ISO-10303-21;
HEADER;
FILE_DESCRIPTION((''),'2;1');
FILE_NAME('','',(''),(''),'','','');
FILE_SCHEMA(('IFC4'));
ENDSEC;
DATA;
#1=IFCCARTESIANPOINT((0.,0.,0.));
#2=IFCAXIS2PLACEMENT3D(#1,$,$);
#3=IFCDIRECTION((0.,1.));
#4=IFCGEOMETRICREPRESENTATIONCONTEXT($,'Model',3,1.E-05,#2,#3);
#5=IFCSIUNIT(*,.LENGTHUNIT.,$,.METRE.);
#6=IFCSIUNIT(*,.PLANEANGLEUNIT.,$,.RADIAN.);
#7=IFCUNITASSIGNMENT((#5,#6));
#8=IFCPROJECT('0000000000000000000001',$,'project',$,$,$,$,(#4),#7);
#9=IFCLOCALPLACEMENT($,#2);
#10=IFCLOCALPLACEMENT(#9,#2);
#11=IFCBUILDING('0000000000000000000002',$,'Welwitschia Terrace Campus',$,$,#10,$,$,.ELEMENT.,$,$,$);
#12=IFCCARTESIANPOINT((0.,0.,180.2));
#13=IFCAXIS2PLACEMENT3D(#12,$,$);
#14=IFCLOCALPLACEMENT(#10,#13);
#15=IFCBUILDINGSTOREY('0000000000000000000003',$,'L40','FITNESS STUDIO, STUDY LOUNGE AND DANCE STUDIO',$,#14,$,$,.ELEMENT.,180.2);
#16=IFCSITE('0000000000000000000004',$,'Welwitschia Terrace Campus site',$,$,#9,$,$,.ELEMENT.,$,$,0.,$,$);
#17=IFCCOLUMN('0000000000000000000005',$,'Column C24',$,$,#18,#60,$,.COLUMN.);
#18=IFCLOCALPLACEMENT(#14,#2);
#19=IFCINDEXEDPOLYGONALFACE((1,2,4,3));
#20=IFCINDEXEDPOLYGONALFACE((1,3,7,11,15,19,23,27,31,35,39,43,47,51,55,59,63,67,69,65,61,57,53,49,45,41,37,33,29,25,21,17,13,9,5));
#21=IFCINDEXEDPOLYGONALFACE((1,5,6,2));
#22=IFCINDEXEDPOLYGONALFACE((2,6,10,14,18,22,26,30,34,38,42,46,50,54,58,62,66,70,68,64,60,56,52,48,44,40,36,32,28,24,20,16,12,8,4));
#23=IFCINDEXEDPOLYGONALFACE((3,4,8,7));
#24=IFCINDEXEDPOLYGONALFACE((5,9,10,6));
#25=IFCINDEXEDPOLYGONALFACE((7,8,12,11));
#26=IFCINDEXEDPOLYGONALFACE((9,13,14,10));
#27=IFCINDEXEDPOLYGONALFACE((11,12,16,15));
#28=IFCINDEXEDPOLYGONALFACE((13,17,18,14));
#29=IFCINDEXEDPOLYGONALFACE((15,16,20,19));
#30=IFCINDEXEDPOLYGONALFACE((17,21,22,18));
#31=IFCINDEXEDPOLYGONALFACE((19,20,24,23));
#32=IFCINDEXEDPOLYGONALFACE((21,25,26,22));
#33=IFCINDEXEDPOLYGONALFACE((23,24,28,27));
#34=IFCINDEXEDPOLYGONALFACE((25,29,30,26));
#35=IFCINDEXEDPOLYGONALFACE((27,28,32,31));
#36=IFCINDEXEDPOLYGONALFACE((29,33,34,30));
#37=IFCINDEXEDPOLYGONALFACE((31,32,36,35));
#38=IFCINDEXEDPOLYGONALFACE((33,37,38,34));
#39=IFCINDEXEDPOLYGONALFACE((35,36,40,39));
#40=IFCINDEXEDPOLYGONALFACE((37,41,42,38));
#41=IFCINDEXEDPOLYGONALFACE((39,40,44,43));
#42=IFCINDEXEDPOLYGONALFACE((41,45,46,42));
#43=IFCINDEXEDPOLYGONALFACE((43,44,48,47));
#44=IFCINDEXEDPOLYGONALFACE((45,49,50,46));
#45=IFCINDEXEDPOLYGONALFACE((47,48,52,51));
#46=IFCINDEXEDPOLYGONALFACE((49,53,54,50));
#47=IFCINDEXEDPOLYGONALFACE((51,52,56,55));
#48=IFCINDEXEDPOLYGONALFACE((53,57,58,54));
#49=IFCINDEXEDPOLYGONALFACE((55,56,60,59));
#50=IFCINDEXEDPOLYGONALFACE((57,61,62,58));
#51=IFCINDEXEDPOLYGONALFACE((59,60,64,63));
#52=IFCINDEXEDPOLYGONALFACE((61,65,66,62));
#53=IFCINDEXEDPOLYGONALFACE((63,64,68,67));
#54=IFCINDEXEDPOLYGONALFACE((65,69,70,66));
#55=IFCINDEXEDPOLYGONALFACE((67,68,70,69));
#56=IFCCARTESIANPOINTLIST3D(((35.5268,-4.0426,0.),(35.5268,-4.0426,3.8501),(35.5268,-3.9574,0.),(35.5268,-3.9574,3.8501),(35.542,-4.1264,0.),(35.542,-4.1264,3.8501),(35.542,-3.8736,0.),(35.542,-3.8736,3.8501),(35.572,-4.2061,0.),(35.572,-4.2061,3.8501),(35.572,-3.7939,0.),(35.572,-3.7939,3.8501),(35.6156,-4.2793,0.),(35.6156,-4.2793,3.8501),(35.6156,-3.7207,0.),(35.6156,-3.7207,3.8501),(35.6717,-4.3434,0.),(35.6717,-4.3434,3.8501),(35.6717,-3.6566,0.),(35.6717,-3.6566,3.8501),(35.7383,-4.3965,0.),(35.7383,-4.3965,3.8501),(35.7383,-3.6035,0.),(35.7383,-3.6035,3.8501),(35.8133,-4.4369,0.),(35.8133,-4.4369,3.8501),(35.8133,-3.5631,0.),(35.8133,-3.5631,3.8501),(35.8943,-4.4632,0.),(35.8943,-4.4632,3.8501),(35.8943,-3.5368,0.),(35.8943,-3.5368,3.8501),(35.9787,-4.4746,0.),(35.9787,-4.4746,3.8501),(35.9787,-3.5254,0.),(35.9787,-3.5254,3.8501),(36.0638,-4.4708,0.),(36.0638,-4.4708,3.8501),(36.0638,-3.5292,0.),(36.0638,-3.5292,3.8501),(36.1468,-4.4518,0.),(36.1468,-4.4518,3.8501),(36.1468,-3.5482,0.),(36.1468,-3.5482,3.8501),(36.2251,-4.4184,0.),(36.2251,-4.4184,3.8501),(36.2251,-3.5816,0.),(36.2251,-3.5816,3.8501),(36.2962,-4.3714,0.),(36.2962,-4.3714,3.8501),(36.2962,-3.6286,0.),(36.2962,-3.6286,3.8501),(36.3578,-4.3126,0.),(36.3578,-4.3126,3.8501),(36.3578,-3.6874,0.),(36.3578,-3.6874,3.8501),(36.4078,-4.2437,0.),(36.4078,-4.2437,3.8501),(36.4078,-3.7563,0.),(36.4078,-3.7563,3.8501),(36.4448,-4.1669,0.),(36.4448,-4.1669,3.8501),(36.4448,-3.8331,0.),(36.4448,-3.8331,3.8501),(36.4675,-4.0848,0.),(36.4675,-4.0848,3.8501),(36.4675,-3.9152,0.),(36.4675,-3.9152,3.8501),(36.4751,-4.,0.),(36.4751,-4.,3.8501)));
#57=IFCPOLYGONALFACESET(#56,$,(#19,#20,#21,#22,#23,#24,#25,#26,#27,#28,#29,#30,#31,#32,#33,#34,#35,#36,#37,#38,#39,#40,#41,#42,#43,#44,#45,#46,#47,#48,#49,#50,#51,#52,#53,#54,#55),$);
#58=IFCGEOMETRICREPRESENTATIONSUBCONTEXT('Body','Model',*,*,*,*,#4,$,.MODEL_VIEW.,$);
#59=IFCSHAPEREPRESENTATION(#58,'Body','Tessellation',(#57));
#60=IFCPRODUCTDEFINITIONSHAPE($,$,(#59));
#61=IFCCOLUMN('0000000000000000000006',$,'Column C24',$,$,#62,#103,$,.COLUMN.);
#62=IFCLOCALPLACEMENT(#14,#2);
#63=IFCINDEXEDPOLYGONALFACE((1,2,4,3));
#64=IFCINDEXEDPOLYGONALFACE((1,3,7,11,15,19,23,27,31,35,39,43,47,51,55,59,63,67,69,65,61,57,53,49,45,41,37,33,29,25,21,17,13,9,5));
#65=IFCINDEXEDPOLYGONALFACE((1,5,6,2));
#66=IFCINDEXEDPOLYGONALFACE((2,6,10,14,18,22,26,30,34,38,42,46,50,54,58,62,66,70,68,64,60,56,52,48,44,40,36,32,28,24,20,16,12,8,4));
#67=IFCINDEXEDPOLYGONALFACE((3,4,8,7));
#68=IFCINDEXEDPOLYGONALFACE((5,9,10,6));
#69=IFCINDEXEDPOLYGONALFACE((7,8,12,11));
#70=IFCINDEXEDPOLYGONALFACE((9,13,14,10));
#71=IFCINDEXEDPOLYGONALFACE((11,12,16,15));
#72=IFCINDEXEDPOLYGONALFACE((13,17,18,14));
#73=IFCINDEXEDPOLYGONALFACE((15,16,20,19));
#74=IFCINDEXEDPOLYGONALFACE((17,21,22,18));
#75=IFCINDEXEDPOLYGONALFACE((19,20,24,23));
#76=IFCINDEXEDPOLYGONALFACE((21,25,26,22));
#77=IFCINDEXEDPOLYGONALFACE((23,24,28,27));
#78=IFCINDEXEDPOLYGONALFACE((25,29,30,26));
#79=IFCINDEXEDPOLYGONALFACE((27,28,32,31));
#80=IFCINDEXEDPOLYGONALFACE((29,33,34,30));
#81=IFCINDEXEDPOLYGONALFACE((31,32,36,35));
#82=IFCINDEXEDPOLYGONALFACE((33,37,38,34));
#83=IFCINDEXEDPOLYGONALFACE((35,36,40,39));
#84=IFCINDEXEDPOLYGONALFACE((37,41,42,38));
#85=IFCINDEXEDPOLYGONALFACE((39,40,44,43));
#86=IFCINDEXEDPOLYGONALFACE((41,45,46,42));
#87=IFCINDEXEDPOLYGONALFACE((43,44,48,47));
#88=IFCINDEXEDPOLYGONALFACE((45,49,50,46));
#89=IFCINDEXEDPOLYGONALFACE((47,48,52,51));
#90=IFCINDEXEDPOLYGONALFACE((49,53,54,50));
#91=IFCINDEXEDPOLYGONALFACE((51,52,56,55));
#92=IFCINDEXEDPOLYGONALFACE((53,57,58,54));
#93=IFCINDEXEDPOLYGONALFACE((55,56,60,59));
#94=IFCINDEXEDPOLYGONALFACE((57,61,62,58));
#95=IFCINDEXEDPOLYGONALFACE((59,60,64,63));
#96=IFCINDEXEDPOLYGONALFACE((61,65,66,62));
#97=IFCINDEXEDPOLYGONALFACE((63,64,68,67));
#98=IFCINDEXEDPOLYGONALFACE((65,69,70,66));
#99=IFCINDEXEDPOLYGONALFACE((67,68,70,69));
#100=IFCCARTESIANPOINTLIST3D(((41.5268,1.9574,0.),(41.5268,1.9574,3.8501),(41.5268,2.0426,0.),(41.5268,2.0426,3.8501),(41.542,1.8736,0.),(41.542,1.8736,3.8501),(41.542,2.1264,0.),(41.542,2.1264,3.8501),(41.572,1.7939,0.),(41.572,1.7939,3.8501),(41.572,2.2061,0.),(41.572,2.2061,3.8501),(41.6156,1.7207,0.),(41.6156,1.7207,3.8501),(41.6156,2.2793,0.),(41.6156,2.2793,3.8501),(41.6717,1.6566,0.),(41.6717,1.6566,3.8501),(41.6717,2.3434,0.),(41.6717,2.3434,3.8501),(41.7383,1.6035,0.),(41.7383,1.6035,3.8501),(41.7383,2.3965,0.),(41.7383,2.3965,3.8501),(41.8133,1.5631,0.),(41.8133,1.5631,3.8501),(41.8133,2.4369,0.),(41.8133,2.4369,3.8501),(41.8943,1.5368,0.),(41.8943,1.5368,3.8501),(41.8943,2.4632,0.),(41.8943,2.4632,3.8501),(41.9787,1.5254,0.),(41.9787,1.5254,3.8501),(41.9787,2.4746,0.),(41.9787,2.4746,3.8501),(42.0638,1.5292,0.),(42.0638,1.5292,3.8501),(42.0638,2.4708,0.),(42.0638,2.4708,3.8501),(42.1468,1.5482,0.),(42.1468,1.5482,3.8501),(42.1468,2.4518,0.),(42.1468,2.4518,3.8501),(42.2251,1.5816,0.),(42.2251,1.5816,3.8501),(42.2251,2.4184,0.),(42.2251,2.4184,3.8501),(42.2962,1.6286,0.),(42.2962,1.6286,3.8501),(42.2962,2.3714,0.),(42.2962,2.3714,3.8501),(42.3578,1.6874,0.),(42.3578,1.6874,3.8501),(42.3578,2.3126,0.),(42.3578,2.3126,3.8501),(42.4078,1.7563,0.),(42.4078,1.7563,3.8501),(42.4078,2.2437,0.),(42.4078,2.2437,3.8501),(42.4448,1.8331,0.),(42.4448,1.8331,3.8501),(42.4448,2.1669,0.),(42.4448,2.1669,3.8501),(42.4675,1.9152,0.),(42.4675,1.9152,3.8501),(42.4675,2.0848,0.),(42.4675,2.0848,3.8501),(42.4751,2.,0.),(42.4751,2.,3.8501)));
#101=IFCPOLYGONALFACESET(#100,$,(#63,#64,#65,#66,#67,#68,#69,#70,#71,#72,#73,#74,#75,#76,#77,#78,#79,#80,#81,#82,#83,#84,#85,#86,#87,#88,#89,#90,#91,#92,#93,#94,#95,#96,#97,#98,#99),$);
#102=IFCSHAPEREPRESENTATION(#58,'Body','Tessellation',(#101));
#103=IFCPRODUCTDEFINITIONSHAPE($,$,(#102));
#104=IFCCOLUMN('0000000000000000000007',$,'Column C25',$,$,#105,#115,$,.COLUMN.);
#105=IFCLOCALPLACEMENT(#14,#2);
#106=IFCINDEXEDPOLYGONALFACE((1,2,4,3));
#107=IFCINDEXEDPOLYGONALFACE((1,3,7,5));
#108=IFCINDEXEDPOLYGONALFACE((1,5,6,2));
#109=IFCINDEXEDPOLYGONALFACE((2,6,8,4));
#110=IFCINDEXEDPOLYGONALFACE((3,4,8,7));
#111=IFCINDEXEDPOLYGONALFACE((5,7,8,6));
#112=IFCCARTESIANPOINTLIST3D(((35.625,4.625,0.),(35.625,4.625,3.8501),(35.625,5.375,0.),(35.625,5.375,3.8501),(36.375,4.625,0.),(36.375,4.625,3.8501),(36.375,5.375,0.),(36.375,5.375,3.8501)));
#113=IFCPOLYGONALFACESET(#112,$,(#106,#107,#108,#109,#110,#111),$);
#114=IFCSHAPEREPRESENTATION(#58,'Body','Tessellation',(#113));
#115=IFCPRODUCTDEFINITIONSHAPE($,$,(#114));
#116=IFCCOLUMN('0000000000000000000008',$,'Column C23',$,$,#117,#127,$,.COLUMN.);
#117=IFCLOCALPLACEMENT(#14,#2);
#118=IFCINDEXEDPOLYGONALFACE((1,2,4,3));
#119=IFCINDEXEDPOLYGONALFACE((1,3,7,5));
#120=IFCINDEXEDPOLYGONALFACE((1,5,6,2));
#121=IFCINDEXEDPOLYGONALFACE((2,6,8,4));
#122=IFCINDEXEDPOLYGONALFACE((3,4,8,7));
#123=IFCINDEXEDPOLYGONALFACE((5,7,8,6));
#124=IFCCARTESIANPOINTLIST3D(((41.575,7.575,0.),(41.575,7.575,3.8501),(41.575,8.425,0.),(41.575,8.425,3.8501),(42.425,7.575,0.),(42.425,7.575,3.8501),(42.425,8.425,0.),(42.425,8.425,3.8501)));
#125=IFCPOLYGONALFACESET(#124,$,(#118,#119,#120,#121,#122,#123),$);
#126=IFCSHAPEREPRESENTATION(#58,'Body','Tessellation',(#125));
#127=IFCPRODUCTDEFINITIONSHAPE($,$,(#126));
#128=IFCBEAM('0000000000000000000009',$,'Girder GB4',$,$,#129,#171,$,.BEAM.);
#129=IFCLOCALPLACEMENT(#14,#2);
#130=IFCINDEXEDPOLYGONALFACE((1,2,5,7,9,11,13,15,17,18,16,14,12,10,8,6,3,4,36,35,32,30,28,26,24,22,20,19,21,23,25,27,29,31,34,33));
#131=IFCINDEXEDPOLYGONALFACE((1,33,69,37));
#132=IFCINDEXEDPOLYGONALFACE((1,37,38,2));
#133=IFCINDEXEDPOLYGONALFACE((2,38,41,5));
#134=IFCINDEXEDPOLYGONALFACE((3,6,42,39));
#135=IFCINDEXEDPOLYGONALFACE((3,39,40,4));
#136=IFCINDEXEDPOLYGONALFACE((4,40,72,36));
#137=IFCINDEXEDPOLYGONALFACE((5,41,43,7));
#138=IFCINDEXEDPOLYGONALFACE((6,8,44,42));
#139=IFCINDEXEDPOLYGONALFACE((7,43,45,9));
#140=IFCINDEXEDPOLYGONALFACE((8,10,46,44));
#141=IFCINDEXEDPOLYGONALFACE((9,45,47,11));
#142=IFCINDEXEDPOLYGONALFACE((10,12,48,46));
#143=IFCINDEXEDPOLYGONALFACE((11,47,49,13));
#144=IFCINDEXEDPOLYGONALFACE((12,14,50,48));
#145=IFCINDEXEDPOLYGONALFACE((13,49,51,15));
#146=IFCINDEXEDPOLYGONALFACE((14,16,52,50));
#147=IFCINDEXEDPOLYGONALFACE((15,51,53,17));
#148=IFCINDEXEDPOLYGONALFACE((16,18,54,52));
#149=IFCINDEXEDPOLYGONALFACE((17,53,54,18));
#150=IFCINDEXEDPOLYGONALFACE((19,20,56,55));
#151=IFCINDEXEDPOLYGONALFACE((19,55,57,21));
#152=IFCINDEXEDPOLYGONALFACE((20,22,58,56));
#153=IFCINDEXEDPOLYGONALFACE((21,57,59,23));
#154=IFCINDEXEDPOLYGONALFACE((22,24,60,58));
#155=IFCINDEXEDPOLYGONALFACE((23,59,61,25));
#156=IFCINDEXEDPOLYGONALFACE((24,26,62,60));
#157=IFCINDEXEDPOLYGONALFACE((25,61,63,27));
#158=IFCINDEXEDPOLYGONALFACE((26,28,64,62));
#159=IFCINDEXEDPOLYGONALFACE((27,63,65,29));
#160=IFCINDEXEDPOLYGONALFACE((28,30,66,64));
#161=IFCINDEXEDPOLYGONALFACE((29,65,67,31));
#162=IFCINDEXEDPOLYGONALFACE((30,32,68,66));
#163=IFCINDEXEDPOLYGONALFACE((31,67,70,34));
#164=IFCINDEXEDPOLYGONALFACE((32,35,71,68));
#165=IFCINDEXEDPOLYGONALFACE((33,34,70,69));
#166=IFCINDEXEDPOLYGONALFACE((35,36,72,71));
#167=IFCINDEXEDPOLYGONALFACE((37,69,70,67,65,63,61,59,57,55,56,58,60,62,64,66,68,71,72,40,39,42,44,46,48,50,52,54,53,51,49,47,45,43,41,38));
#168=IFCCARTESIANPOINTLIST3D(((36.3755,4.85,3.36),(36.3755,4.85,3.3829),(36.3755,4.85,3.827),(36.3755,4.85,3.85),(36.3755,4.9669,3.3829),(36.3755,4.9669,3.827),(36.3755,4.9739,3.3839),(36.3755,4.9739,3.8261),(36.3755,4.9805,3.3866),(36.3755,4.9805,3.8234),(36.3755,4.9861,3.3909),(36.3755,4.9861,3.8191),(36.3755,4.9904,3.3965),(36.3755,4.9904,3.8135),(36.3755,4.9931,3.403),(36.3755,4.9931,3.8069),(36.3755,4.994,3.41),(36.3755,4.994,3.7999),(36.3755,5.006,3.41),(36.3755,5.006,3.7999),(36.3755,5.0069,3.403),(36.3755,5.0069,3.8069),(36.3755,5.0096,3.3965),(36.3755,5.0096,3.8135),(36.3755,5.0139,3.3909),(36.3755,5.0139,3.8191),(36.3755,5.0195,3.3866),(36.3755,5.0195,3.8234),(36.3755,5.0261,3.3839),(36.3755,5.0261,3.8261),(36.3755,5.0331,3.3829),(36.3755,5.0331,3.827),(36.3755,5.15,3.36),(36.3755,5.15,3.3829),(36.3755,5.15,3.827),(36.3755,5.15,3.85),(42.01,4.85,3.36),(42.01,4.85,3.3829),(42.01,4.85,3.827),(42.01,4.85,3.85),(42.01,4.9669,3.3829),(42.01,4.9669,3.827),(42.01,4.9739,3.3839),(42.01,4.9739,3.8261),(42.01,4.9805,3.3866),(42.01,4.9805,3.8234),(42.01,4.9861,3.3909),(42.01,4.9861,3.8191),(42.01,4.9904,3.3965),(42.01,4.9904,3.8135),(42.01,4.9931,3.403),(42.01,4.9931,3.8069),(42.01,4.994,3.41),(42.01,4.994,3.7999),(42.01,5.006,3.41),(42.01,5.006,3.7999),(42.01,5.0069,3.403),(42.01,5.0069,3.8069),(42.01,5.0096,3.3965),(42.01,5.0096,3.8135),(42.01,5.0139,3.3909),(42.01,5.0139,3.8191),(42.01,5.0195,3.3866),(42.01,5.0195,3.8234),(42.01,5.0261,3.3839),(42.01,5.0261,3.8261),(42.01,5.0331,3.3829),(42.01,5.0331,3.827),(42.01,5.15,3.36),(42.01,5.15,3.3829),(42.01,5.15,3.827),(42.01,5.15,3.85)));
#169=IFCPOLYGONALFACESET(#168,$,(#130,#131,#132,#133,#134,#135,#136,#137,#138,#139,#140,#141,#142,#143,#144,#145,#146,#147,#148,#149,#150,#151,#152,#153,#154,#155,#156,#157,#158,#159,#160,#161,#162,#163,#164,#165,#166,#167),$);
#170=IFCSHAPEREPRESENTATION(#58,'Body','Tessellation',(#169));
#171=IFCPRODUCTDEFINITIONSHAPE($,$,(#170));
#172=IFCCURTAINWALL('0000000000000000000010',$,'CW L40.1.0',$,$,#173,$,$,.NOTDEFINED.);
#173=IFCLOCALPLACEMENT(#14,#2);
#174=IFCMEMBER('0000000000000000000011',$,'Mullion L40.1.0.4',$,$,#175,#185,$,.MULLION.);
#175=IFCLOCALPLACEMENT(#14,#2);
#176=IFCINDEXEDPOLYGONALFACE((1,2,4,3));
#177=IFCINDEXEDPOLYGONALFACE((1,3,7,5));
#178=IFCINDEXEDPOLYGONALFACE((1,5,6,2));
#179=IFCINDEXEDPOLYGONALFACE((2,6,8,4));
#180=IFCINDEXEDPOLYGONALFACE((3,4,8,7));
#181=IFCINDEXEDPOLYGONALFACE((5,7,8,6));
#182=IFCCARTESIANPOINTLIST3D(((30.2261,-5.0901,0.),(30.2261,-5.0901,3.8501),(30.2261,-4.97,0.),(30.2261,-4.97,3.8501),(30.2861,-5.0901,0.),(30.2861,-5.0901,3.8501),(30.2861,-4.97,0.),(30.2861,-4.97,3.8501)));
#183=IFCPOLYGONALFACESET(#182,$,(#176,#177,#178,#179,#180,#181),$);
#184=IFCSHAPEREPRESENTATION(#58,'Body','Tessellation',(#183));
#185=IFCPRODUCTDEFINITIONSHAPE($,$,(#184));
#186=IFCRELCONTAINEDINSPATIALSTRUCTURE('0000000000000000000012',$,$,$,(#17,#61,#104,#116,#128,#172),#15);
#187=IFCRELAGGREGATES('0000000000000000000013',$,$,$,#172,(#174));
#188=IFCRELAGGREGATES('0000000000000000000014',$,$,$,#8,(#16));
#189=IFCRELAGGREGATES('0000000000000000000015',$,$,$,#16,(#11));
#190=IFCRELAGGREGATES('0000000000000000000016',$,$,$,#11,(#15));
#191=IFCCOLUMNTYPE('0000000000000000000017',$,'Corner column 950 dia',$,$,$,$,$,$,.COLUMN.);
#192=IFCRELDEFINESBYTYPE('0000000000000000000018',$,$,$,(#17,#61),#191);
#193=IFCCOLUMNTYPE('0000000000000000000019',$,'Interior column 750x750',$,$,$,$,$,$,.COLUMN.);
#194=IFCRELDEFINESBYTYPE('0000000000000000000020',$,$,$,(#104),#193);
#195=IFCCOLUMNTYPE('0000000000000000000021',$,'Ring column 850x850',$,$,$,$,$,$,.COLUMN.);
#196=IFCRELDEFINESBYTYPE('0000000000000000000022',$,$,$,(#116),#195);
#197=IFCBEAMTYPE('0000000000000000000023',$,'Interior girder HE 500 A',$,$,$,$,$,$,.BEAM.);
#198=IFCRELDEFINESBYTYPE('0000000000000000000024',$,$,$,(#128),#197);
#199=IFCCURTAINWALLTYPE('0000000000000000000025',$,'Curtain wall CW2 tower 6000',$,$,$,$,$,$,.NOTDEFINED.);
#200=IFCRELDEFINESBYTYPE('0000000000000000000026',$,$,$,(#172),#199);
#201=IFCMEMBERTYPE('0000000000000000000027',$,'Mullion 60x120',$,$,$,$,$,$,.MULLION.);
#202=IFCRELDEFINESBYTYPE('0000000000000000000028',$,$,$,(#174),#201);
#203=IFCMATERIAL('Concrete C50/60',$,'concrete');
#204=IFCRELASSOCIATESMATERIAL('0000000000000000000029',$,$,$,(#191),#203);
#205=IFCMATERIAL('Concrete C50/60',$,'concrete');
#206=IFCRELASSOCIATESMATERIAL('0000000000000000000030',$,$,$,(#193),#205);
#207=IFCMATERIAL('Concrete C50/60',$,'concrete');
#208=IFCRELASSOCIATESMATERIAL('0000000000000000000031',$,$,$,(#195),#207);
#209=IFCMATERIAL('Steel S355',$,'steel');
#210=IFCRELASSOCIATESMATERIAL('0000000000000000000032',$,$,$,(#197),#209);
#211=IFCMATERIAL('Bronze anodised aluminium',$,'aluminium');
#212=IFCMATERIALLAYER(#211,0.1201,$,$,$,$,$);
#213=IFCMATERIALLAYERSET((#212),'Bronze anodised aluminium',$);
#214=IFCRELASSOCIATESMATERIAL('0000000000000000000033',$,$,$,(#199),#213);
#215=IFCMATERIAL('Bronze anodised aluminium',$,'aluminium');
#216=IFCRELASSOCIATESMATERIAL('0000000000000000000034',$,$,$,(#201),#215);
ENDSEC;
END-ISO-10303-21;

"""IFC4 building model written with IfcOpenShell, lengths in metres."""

from ifc_helpers import new_model, si_unit, direction, frame, origin, origin_2d, place, context, subcontext, project, spatial, rectangle, circle, i_section, extrude, material, layer, layer_set, material_profile, profile_set, type_object, element, aggregate, save


model = new_model("IFC4")

# Units and contexts
model_context = context("Model", 3, precision=1e-05, world=origin(), true_north=direction((0.0, 1.0)))
body_context = subcontext(model_context, "Body", "Model", "MODEL_VIEW")
ifc_project = project(units=[si_unit("LENGTHUNIT", "METRE"), si_unit("PLANEANGLEUNIT", "RADIAN")], contexts=[model_context])

# Site, building, storey
site_placement = place(None, origin())
site = spatial("IfcSite", under=ifc_project, at=site_placement, Name="Welwitschia Terrace Campus site", CompositionType="ELEMENT", RefElevation=0.0)
building_placement = place(site_placement, origin())
building = spatial("IfcBuilding", under=site, at=building_placement, Name="Welwitschia Terrace Campus", CompositionType="ELEMENT")
storey_placement = place(building_placement, frame((0.0, 0.0, 180.2)))
storey = spatial("IfcBuildingStorey", under=building, at=storey_placement, Name="L40", Description="FITNESS STUDIO, STUDY LOUNGE AND DANCE STUDIO", CompositionType="ELEMENT", Elevation=180.2)

# Columns
ifc_material_1 = material(Name="Concrete C50/60", Category="concrete")
ifc_material_profile_1 = material_profile(ifc_material_1, circle(Radius=0.4751, at=origin_2d()))
ifc_profile_set_1 = profile_set([ifc_material_profile_1], Name="Concrete C50/60")
column_type_1 = type_object("IfcColumnType", Name="Corner column 950 dia", PredefinedType="COLUMN", material=ifc_profile_set_1)
for number, where, z_axis, x_axis, name in (
    (1, (36.0, -4.0, 0.0), (0.0, 0.0, 1.0), (1.0, 0.0, 0.0), "Column C24"),
    (2, (42.0, 2.0, 0.0), (0.0, 0.0, 1.0), (1.0, 0.0, 0.0), "Column C24"),
):
    element("IfcColumn", number, at=place(storey_placement, frame(where, z_axis=z_axis, x_axis=x_axis)), inside=storey, type_object=column_type_1, Name=name, PredefinedType="COLUMN", context=body_context, shape_type="SweptSolid", body=[
        extrude(circle(Radius=0.4751, at=origin_2d()), origin(), (0.0, 0.0, 1.0), 3.8501),
    ])
ifc_material_2 = material(Name="Concrete C50/60", Category="concrete")
ifc_material_profile_2 = material_profile(ifc_material_2, rectangle(XDim=0.75, YDim=0.75, at=origin_2d()))
ifc_profile_set_2 = profile_set([ifc_material_profile_2], Name="Concrete C50/60")
column_type_2 = type_object("IfcColumnType", Name="Interior column 750x750", PredefinedType="COLUMN", material=ifc_profile_set_2)
column_1_placement = place(storey_placement, frame((36.0, 5.0, 0.0), z_axis=(0.0, 0.0, 1.0), x_axis=(1.0, 0.0, 0.0)))
element("IfcColumn", 3, at=column_1_placement, inside=storey, type_object=column_type_2, Name="Column C25", PredefinedType="COLUMN", context=body_context, shape_type="SweptSolid", body=[
    extrude(rectangle(XDim=0.75, YDim=0.75, at=origin_2d()), origin(), (0.0, 0.0, 1.0), 3.8501),
])
ifc_material_3 = material(Name="Concrete C50/60", Category="concrete")
ifc_material_profile_3 = material_profile(ifc_material_3, rectangle(XDim=0.8501, YDim=0.8501, at=origin_2d()))
ifc_profile_set_3 = profile_set([ifc_material_profile_3], Name="Concrete C50/60")
column_type_3 = type_object("IfcColumnType", Name="Ring column 850x850", PredefinedType="COLUMN", material=ifc_profile_set_3)
column_2_placement = place(storey_placement, frame((42.0, 8.0, 0.0), z_axis=(0.0, 0.0, 1.0), x_axis=(1.0, 0.0, 0.0)))
element("IfcColumn", 4, at=column_2_placement, inside=storey, type_object=column_type_3, Name="Column C23", PredefinedType="COLUMN", context=body_context, shape_type="SweptSolid", body=[
    extrude(rectangle(XDim=0.8501, YDim=0.8501, at=origin_2d()), origin(), (0.0, 0.0, 1.0), 3.8501),
])

# Beam
ifc_material_4 = material(Name="Steel S355", Category="steel")
ifc_material_profile_4 = material_profile(ifc_material_4, i_section(OverallWidth=0.3, OverallDepth=0.49, WebThickness=0.012, FlangeThickness=0.0229, FilletRadius=0.0271, at=origin_2d()))
ifc_profile_set_4 = profile_set([ifc_material_profile_4], Name="Steel S355")
beam_type_1 = type_object("IfcBeamType", Name="Interior girder HE 500 A", PredefinedType="BEAM", material=ifc_profile_set_4)
beam_1_placement = place(storey_placement, frame((36.3755, 5.0, 3.605), z_axis=(1.0, 0.0, 0.0), x_axis=(0.0, 1.0, 0.0)))
element("IfcBeam", 5, at=beam_1_placement, inside=storey, type_object=beam_type_1, Name="Girder GB4", PredefinedType="BEAM", context=body_context, shape_type="SweptSolid", body=[
    extrude(i_section(OverallWidth=0.3, OverallDepth=0.49, WebThickness=0.012, FlangeThickness=0.0229, FilletRadius=0.0271, at=origin_2d()), origin(), (0.0, 0.0, 1.0), 5.6345),
])

# Curtain wall, member
ifc_material_5 = material(Name="Bronze anodised aluminium", Category="aluminium")
ifc_layer_1 = layer(ifc_material_5, 0.1201)
ifc_layer_set_1 = layer_set([ifc_layer_1], Name="Bronze anodised aluminium")
curtain_wall_type = type_object("IfcCurtainWallType", Name="Curtain wall CW2 tower 6000", PredefinedType="NOTDEFINED", material=ifc_layer_set_1)
curtain_wall_1_placement = place(storey_placement, origin())
curtain_wall_1 = element("IfcCurtainWall", 6, at=curtain_wall_1_placement, inside=storey, type_object=curtain_wall_type, Name="CW L40.1.0", PredefinedType="NOTDEFINED")
ifc_material_6 = material(Name="Bronze anodised aluminium", Category="aluminium")
ifc_material_profile_5 = material_profile(ifc_material_6, rectangle(XDim=0.1201, YDim=0.0601, at=origin_2d()))
ifc_profile_set_5 = profile_set([ifc_material_profile_5], Name="Bronze anodised aluminium")
member_type_1 = type_object("IfcMemberType", Name="Mullion 60x120", PredefinedType="MULLION", material=ifc_profile_set_5)
member_1_placement = place(storey_placement, frame((30.2561, -5.03, 0.0), z_axis=(0.0, 0.0, 1.0), x_axis=(0.0, 1.0, 0.0)))
member_1 = element("IfcMember", 7, at=member_1_placement, type_object=member_type_1, Name="Mullion L40.1.0.4", PredefinedType="MULLION", context=body_context, shape_type="SweptSolid", body=[
    extrude(rectangle(XDim=0.1201, YDim=0.0601, at=origin_2d()), origin(), (0.0, 0.0, 1.0), 3.8501),
])

aggregate(curtain_wall_1, [member_1])

save(model, "model.ifc")
